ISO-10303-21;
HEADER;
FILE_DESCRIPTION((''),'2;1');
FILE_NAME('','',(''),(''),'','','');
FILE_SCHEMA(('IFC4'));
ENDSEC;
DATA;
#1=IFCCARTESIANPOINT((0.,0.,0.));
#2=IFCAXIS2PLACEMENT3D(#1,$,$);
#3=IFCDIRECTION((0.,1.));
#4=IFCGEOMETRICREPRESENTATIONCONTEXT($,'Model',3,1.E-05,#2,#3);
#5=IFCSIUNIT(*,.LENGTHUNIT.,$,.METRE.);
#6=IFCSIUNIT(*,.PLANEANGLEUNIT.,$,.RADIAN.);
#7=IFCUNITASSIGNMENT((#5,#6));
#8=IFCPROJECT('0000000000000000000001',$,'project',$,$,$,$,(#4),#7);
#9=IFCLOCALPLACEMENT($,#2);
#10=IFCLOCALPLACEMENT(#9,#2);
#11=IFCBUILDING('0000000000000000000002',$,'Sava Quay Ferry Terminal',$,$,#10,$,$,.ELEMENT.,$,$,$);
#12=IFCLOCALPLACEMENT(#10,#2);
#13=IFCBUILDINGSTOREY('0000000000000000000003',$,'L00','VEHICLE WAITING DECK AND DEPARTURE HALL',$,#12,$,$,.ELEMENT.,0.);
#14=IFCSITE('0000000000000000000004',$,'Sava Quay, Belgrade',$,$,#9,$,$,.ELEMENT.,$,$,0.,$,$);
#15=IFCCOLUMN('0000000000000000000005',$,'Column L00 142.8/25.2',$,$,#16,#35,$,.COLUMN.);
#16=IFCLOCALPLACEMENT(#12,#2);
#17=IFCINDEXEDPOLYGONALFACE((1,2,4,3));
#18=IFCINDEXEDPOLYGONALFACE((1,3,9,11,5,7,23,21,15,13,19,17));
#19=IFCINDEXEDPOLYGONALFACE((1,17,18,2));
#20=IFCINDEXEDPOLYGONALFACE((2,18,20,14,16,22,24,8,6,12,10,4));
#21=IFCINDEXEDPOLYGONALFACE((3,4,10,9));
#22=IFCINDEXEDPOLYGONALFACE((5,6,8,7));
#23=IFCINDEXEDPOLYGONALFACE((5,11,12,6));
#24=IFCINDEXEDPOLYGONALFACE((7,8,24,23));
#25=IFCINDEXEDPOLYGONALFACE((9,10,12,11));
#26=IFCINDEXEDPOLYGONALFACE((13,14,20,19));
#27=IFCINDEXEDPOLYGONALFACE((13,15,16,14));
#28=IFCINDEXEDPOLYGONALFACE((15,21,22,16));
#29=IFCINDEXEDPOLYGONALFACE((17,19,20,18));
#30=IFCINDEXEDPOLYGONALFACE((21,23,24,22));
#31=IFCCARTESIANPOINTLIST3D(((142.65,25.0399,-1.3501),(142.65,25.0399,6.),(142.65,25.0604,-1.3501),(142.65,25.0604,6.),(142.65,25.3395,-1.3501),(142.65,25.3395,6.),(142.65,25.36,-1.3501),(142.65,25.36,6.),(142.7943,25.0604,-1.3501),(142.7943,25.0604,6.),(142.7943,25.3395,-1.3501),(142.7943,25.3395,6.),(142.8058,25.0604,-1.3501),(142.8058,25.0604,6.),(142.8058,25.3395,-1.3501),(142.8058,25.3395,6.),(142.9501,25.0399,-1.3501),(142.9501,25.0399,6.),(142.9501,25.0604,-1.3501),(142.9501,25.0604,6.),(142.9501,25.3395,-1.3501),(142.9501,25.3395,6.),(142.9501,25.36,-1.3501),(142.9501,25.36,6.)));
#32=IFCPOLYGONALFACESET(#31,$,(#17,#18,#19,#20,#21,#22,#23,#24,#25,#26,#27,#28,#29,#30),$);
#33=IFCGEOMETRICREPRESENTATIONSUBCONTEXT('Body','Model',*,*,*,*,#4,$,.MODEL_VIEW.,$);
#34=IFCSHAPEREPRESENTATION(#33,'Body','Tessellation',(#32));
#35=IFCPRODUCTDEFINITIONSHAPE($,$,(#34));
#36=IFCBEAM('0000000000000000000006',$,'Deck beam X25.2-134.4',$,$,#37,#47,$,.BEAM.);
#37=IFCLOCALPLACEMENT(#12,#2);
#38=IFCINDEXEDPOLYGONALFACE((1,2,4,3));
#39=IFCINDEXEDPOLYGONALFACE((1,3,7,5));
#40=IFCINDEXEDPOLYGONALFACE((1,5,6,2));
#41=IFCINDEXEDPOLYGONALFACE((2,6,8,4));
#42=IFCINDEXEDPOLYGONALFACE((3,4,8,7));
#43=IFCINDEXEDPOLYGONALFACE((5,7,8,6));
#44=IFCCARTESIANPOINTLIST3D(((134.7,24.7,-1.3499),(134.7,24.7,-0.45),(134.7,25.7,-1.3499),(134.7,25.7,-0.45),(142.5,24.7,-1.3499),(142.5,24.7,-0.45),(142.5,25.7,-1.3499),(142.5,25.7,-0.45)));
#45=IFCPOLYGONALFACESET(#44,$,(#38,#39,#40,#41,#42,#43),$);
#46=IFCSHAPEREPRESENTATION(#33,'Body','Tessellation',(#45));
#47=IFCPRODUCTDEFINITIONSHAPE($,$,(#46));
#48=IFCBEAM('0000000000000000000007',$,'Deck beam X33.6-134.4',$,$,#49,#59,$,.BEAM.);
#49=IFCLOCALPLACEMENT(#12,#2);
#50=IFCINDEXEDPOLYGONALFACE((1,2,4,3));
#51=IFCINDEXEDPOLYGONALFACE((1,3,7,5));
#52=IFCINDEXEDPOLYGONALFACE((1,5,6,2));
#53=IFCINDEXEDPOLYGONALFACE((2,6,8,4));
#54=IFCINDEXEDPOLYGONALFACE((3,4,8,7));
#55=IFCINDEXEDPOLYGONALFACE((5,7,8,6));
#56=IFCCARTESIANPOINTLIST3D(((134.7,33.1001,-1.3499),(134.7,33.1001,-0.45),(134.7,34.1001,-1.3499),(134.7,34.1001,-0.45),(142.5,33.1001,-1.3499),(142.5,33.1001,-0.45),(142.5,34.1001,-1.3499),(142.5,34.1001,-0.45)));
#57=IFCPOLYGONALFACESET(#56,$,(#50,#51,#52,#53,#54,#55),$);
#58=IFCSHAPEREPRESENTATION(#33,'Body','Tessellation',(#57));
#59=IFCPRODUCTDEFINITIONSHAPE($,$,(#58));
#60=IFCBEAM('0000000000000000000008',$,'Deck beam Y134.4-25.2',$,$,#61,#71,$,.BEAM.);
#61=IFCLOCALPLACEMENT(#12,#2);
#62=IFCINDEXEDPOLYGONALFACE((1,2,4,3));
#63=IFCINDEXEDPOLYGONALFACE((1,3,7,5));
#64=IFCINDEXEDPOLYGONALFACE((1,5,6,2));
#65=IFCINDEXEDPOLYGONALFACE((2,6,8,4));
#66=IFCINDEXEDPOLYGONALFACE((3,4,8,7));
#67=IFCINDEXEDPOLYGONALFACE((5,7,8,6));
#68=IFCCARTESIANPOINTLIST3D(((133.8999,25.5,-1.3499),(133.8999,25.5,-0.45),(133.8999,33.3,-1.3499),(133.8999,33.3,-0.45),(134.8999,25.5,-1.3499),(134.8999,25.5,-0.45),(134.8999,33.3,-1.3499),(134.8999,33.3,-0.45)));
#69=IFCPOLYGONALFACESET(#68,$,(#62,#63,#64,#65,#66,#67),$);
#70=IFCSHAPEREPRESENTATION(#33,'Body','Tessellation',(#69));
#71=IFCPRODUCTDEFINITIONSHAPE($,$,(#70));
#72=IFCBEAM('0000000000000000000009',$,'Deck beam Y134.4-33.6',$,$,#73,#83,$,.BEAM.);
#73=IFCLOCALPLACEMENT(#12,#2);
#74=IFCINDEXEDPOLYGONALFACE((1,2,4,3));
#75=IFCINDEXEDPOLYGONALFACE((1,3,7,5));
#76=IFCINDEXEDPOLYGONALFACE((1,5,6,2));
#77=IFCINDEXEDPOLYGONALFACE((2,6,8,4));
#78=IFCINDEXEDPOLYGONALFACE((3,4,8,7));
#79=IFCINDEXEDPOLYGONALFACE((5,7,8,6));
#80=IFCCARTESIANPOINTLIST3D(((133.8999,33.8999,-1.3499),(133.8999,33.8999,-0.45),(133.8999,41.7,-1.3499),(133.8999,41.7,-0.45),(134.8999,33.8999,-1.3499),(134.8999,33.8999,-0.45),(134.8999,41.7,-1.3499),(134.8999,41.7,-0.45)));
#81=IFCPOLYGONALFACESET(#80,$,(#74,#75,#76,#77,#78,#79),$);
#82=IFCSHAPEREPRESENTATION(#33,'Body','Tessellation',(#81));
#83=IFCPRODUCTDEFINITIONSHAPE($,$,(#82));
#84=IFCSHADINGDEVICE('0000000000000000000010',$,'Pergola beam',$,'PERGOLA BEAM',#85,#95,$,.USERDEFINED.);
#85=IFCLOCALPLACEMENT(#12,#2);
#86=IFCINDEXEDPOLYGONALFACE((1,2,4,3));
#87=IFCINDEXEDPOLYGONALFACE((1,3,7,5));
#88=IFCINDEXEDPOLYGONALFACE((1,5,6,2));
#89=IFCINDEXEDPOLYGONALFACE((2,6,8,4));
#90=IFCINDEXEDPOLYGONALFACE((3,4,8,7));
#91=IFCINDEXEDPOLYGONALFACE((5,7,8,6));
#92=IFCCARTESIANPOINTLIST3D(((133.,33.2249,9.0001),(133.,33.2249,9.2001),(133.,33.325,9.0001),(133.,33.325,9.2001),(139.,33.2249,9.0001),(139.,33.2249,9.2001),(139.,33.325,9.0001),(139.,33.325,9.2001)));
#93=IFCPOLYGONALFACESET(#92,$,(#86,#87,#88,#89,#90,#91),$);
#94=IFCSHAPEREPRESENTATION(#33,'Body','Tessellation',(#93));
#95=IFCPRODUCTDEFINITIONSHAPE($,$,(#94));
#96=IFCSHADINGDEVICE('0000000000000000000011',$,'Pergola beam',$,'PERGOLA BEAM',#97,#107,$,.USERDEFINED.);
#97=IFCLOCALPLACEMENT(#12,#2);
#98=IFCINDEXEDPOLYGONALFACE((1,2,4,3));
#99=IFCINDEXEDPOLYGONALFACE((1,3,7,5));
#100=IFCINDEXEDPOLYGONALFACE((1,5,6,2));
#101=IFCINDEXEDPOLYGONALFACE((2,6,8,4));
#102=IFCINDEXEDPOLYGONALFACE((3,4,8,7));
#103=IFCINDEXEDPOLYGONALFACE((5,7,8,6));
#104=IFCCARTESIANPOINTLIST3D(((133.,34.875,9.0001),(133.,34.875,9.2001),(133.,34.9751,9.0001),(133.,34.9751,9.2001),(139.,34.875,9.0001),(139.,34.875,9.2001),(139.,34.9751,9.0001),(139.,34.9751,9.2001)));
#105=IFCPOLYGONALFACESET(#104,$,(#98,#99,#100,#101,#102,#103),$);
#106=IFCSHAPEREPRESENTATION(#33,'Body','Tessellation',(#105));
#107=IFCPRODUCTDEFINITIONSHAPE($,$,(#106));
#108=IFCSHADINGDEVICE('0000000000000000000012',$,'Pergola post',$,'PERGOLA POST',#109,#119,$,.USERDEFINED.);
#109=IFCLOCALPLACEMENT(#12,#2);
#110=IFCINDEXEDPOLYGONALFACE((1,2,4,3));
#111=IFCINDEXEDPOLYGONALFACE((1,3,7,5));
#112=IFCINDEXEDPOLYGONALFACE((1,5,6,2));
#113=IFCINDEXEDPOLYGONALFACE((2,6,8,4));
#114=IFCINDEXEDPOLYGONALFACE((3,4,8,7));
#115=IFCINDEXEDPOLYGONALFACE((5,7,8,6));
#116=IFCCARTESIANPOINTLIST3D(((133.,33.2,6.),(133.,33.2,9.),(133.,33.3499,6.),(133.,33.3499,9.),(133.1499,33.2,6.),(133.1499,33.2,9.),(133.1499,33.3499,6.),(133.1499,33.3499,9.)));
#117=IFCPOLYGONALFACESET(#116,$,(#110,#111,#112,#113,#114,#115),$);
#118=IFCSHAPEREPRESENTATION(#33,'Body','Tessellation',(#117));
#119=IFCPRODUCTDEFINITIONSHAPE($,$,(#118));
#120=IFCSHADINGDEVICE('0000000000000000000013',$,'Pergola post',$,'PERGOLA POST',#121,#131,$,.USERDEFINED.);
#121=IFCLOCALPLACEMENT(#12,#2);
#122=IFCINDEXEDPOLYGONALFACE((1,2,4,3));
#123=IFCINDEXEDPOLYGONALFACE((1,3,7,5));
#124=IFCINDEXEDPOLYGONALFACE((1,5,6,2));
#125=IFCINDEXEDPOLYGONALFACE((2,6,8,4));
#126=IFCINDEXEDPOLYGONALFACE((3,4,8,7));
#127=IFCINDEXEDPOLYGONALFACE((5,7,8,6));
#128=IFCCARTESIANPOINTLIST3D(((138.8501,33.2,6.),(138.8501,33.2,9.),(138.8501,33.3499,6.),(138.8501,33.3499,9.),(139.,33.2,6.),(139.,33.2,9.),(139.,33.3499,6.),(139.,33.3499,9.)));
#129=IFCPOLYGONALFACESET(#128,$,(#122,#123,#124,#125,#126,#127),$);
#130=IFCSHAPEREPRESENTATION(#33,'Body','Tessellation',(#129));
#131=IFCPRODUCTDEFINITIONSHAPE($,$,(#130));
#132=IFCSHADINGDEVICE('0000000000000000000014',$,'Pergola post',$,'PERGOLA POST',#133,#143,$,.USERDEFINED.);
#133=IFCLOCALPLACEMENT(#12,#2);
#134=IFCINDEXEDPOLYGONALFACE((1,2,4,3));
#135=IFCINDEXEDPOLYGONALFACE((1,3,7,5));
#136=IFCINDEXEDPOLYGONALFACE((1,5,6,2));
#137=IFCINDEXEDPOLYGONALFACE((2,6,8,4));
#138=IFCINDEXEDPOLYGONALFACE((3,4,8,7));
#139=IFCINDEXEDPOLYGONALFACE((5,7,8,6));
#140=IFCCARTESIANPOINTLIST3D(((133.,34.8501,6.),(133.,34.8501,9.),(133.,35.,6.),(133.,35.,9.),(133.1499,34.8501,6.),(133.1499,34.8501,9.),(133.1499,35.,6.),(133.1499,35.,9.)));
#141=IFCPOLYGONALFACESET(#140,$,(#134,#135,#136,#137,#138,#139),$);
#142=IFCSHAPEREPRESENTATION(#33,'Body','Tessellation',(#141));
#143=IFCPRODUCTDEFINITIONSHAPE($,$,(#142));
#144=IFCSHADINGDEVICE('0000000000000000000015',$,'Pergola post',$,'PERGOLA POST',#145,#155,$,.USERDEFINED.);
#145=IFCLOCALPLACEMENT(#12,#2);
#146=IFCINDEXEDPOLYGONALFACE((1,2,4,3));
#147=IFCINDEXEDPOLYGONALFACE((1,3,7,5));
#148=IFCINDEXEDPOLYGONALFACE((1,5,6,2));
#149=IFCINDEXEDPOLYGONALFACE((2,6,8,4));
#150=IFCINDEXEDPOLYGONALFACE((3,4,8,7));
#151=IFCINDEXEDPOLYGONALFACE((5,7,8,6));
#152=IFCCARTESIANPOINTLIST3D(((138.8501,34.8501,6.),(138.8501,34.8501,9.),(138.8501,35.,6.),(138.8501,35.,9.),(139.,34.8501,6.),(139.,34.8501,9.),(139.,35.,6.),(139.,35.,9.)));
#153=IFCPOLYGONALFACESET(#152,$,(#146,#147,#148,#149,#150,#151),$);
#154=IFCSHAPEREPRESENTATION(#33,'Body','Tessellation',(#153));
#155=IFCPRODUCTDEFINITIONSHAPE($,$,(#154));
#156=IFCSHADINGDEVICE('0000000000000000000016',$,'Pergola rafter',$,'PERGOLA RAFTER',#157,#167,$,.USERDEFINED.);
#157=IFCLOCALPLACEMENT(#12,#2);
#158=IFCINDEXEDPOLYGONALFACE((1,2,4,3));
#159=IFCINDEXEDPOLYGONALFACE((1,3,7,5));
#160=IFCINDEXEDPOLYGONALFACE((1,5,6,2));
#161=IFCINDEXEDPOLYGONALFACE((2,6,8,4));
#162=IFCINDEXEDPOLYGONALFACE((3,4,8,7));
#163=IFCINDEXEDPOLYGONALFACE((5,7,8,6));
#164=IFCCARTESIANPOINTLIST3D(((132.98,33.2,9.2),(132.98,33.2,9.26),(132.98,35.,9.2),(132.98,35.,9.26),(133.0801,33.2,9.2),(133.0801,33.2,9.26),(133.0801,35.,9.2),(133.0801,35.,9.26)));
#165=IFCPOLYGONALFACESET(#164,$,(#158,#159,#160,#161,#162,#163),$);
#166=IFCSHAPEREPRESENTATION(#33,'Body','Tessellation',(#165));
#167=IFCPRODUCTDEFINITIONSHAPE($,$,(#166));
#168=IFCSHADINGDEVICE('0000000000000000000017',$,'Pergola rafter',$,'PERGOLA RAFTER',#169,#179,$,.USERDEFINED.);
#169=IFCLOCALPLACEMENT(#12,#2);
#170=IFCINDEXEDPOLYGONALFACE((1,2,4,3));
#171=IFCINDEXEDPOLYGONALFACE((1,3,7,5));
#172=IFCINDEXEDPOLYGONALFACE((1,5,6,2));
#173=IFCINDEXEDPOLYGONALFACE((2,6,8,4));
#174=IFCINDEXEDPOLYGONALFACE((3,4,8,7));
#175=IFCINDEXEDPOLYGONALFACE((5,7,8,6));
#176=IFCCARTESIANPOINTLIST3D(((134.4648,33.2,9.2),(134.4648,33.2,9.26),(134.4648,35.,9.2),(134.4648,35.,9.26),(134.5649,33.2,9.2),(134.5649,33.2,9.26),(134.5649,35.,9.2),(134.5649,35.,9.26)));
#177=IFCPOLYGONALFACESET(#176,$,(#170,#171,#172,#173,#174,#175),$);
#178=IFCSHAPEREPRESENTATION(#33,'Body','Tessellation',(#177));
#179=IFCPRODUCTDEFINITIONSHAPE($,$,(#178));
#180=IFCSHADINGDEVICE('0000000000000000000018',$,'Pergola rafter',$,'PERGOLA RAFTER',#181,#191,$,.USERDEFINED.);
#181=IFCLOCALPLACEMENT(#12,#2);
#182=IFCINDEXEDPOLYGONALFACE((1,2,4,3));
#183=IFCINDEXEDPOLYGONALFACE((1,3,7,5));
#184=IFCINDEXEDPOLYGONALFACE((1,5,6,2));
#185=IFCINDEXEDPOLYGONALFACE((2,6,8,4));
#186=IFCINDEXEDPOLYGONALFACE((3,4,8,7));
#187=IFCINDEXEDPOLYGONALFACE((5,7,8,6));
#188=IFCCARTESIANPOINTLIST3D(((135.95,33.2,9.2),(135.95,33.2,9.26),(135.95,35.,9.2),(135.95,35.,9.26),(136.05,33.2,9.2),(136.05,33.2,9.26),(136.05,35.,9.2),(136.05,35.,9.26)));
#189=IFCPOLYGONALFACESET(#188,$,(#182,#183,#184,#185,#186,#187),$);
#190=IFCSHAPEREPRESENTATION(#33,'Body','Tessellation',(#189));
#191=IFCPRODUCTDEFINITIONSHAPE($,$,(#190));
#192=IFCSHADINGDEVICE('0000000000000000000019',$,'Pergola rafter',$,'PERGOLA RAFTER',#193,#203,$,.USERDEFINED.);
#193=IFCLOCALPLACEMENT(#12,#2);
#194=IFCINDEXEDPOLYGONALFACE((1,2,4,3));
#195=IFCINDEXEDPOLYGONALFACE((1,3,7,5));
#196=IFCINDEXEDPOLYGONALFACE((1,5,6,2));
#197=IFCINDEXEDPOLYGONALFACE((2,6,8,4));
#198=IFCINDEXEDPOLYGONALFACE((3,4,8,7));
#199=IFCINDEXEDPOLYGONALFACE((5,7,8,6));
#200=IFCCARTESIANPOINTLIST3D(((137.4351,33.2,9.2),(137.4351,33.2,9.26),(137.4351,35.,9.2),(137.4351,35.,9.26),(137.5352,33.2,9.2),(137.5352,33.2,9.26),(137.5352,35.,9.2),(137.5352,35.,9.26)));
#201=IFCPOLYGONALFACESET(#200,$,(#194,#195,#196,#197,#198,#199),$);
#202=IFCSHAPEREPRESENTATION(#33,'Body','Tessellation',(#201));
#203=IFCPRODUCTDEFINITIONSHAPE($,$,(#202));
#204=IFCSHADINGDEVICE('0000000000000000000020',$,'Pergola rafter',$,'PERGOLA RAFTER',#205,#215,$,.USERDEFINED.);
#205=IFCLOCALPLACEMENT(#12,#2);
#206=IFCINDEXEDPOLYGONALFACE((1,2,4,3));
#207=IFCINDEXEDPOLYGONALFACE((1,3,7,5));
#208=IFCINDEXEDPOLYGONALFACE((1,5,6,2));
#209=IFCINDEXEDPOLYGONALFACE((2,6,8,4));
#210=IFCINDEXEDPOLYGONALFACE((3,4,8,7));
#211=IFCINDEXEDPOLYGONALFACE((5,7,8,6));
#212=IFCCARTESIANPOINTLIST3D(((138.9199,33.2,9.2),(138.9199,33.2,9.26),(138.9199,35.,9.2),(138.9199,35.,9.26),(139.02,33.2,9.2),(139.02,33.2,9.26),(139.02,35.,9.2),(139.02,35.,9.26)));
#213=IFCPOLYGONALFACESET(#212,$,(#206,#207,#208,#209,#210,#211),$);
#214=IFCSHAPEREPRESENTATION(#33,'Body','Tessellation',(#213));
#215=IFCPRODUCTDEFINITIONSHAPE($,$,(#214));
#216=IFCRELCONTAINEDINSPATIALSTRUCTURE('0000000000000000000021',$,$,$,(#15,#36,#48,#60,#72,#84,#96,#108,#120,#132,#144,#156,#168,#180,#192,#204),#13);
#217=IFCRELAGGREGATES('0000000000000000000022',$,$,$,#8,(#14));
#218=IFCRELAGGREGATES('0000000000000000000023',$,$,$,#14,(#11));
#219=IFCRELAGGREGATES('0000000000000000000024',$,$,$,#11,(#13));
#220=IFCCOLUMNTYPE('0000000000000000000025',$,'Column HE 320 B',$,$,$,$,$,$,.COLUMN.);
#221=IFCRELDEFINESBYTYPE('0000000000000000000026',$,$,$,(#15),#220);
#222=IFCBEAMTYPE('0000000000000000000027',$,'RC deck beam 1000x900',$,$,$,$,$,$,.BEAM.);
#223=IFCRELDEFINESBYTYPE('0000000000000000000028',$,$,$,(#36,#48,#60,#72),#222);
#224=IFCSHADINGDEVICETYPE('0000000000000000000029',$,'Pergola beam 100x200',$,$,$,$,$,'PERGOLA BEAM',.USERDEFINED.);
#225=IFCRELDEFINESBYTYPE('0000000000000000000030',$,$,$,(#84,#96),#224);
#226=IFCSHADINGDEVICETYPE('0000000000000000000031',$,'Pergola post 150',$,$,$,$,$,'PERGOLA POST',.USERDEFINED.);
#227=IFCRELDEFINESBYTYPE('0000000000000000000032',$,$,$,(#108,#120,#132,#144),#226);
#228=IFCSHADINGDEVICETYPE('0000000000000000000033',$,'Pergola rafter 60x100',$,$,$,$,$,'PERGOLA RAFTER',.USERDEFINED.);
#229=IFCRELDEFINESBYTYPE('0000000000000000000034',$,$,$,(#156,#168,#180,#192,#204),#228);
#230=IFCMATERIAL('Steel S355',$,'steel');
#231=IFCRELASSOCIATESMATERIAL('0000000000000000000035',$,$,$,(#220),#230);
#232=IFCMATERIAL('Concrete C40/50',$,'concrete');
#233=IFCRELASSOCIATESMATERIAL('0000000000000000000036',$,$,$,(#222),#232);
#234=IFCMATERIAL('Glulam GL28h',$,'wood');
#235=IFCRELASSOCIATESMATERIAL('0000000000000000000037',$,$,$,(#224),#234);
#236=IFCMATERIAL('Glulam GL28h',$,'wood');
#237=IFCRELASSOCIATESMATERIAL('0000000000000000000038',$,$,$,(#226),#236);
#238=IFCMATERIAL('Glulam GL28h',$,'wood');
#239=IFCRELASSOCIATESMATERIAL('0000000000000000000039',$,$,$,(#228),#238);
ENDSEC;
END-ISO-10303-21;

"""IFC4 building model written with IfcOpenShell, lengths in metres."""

from ifc_helpers import new_model, si_unit, direction, frame, origin, origin_2d, place, context, subcontext, project, spatial, rectangle, i_section, extrude, material, material_profile, profile_set, type_object, element, save


model = new_model("IFC4")

# Units and contexts
model_context = context("Model", 3, precision=1e-05, world=origin(), true_north=direction((0.0, 1.0)))
body_context = subcontext(model_context, "Body", "Model", "MODEL_VIEW")
ifc_project = project(units=[si_unit("LENGTHUNIT", "METRE"), si_unit("PLANEANGLEUNIT", "RADIAN")], contexts=[model_context])

# Site, building, storey
site_placement = place(None, origin())
site = spatial("IfcSite", under=ifc_project, at=site_placement, Name="Sava Quay, Belgrade", CompositionType="ELEMENT", RefElevation=0.0)
building_placement = place(site_placement, origin())
building = spatial("IfcBuilding", under=site, at=building_placement, Name="Sava Quay Ferry Terminal", CompositionType="ELEMENT")
storey_placement = place(building_placement, origin())
storey = spatial("IfcBuildingStorey", under=building, at=storey_placement, Name="L00", Description="VEHICLE WAITING DECK AND DEPARTURE HALL", CompositionType="ELEMENT", Elevation=0.0)

# Column
ifc_material_1 = material(Name="Steel S355", Category="steel")
ifc_material_profile_1 = material_profile(ifc_material_1, i_section(OverallWidth=0.3, OverallDepth=0.3201, WebThickness=0.0115, FlangeThickness=0.0205, at=origin_2d()), Name="HE 320 B")
ifc_profile_set_1 = profile_set([ifc_material_profile_1], Name="Steel S355")
column_type = type_object("IfcColumnType", Name="Column HE 320 B", PredefinedType="COLUMN", material=ifc_profile_set_1)
for number, where, z_axis, x_axis, name in (
    (1, (142.8, 25.2, -1.3501), (0.0, 0.0, 1.0), (1.0, 0.0, 0.0), "Column L00 142.8/25.2"),
):
    element("IfcColumn", number, at=place(storey_placement, frame(where, z_axis=z_axis, x_axis=x_axis)), inside=storey, type_object=column_type, Name=name, PredefinedType="COLUMN", context=body_context, shape_type="SweptSolid", body=[
        extrude(i_section(OverallWidth=0.3, OverallDepth=0.3201, WebThickness=0.0115, FlangeThickness=0.0205, at=origin_2d()), origin(), (0.0, 0.0, 1.0), 7.3501),
    ])

# Beams
ifc_material_2 = material(Name="Concrete C40/50", Category="concrete")
ifc_material_profile_2 = material_profile(ifc_material_2, rectangle(XDim=1.0, YDim=0.8999, at=origin_2d()), Name="RC 1000x900")
ifc_profile_set_2 = profile_set([ifc_material_profile_2], Name="Concrete C40/50")
beam_type = type_object("IfcBeamType", Name="RC deck beam 1000x900", PredefinedType="BEAM", material=ifc_profile_set_2)
for number, where, z_axis, x_axis, name in (
    (2, (134.7, 25.2, -0.8999), (1.0, 0.0, 0.0), (0.0, 1.0, 0.0), "Deck beam X25.2-134.4"),
    (3, (134.7, 33.6001, -0.8999), (1.0, 0.0, 0.0), (0.0, 1.0, 0.0), "Deck beam X33.6-134.4"),
    (4, (134.3999, 25.5, -0.8999), (0.0, 1.0, 0.0), (-1.0, 0.0, 0.0), "Deck beam Y134.4-25.2"),
    (5, (134.3999, 33.8999, -0.8999), (0.0, 1.0, 0.0), (-1.0, 0.0, 0.0), "Deck beam Y134.4-33.6"),
):
    element("IfcBeam", number, at=place(storey_placement, frame(where, z_axis=z_axis, x_axis=x_axis)), inside=storey, type_object=beam_type, Name=name, PredefinedType="BEAM", context=body_context, shape_type="SweptSolid", body=[
        extrude(rectangle(XDim=1.0, YDim=0.8999, at=origin_2d()), origin(), (0.0, 0.0, 1.0), 7.8),
    ])

# Shading devices
ifc_material_3 = material(Name="Glulam GL28h", Category="wood")
ifc_material_profile_3 = material_profile(ifc_material_3, rectangle(XDim=0.1001, YDim=0.2, at=origin_2d()), Name="Pergola 100 x 200")
ifc_profile_set_3 = profile_set([ifc_material_profile_3], Name="Glulam GL28h")
shading_device_type_1 = type_object("IfcShadingDeviceType", Name="Pergola beam 100x200", ElementType="PERGOLA BEAM", PredefinedType="USERDEFINED", material=ifc_profile_set_3)
for number, where, z_axis, x_axis, name in (
    (6, (133.0, 33.2749, 9.1001), (1.0, 0.0, 0.0), (0.0, 1.0, 0.0), "Pergola beam"),
    (7, (133.0, 34.925, 9.1001), (1.0, 0.0, 0.0), (0.0, 1.0, 0.0), "Pergola beam"),
):
    element("IfcShadingDevice", number, at=place(storey_placement, frame(where, z_axis=z_axis, x_axis=x_axis)), inside=storey, type_object=shading_device_type_1, Name=name, ObjectType="PERGOLA BEAM", PredefinedType="USERDEFINED", context=body_context, shape_type="SweptSolid", body=[
        extrude(rectangle(XDim=0.1001, YDim=0.2, at=origin_2d()), origin(), (0.0, 0.0, 1.0), 6.0),
    ])
ifc_material_4 = material(Name="Glulam GL28h", Category="wood")
ifc_material_profile_4 = material_profile(ifc_material_4, rectangle(XDim=0.1499, YDim=0.1499, at=origin_2d()), Name="Pergola 150 x 150")
ifc_profile_set_4 = profile_set([ifc_material_profile_4], Name="Glulam GL28h")
shading_device_type_2 = type_object("IfcShadingDeviceType", Name="Pergola post 150", ElementType="PERGOLA POST", PredefinedType="USERDEFINED", material=ifc_profile_set_4)
for number, where, z_axis, x_axis, name in (
    (8, (133.075, 33.2749, 6.0), (0.0, 0.0, 1.0), (1.0, 0.0, 0.0), "Pergola post"),
    (9, (138.925, 33.2749, 6.0), (0.0, 0.0, 1.0), (1.0, 0.0, 0.0), "Pergola post"),
    (10, (133.075, 34.925, 6.0), (0.0, 0.0, 1.0), (1.0, 0.0, 0.0), "Pergola post"),
    (11, (138.925, 34.925, 6.0), (0.0, 0.0, 1.0), (1.0, 0.0, 0.0), "Pergola post"),
):
    element("IfcShadingDevice", number, at=place(storey_placement, frame(where, z_axis=z_axis, x_axis=x_axis)), inside=storey, type_object=shading_device_type_2, Name=name, ObjectType="PERGOLA POST", PredefinedType="USERDEFINED", context=body_context, shape_type="SweptSolid", body=[
        extrude(rectangle(XDim=0.1499, YDim=0.1499, at=origin_2d()), origin(), (0.0, 0.0, 1.0), 3.0),
    ])
ifc_material_5 = material(Name="Glulam GL28h", Category="wood")
ifc_material_profile_5 = material_profile(ifc_material_5, rectangle(XDim=0.0601, YDim=0.1001, at=origin_2d()), Name="Pergola 60 x 100")
ifc_profile_set_5 = profile_set([ifc_material_profile_5], Name="Glulam GL28h")
shading_device_type_3 = type_object("IfcShadingDeviceType", Name="Pergola rafter 60x100", ElementType="PERGOLA RAFTER", PredefinedType="USERDEFINED", material=ifc_profile_set_5)
for number, where, z_axis, x_axis, name in (
    (12, (133.03, 33.2, 9.23), (0.0, 1.0, 0.0), (0.0, 0.0, 1.0), "Pergola rafter"),
    (13, (134.5149, 33.2, 9.23), (0.0, 1.0, 0.0), (0.0, 0.0, 1.0), "Pergola rafter"),
    (14, (136.0, 33.2, 9.23), (0.0, 1.0, 0.0), (0.0, 0.0, 1.0), "Pergola rafter"),
    (15, (137.4851, 33.2, 9.23), (0.0, 1.0, 0.0), (0.0, 0.0, 1.0), "Pergola rafter"),
    (16, (138.97, 33.2, 9.23), (0.0, 1.0, 0.0), (0.0, 0.0, 1.0), "Pergola rafter"),
):
    element("IfcShadingDevice", number, at=place(storey_placement, frame(where, z_axis=z_axis, x_axis=x_axis)), inside=storey, type_object=shading_device_type_3, Name=name, ObjectType="PERGOLA RAFTER", PredefinedType="USERDEFINED", context=body_context, shape_type="SweptSolid", body=[
        extrude(rectangle(XDim=0.0601, YDim=0.1001, at=origin_2d()), origin(), (0.0, 0.0, 1.0), 1.8),
    ])

save(model, "model.ifc")
